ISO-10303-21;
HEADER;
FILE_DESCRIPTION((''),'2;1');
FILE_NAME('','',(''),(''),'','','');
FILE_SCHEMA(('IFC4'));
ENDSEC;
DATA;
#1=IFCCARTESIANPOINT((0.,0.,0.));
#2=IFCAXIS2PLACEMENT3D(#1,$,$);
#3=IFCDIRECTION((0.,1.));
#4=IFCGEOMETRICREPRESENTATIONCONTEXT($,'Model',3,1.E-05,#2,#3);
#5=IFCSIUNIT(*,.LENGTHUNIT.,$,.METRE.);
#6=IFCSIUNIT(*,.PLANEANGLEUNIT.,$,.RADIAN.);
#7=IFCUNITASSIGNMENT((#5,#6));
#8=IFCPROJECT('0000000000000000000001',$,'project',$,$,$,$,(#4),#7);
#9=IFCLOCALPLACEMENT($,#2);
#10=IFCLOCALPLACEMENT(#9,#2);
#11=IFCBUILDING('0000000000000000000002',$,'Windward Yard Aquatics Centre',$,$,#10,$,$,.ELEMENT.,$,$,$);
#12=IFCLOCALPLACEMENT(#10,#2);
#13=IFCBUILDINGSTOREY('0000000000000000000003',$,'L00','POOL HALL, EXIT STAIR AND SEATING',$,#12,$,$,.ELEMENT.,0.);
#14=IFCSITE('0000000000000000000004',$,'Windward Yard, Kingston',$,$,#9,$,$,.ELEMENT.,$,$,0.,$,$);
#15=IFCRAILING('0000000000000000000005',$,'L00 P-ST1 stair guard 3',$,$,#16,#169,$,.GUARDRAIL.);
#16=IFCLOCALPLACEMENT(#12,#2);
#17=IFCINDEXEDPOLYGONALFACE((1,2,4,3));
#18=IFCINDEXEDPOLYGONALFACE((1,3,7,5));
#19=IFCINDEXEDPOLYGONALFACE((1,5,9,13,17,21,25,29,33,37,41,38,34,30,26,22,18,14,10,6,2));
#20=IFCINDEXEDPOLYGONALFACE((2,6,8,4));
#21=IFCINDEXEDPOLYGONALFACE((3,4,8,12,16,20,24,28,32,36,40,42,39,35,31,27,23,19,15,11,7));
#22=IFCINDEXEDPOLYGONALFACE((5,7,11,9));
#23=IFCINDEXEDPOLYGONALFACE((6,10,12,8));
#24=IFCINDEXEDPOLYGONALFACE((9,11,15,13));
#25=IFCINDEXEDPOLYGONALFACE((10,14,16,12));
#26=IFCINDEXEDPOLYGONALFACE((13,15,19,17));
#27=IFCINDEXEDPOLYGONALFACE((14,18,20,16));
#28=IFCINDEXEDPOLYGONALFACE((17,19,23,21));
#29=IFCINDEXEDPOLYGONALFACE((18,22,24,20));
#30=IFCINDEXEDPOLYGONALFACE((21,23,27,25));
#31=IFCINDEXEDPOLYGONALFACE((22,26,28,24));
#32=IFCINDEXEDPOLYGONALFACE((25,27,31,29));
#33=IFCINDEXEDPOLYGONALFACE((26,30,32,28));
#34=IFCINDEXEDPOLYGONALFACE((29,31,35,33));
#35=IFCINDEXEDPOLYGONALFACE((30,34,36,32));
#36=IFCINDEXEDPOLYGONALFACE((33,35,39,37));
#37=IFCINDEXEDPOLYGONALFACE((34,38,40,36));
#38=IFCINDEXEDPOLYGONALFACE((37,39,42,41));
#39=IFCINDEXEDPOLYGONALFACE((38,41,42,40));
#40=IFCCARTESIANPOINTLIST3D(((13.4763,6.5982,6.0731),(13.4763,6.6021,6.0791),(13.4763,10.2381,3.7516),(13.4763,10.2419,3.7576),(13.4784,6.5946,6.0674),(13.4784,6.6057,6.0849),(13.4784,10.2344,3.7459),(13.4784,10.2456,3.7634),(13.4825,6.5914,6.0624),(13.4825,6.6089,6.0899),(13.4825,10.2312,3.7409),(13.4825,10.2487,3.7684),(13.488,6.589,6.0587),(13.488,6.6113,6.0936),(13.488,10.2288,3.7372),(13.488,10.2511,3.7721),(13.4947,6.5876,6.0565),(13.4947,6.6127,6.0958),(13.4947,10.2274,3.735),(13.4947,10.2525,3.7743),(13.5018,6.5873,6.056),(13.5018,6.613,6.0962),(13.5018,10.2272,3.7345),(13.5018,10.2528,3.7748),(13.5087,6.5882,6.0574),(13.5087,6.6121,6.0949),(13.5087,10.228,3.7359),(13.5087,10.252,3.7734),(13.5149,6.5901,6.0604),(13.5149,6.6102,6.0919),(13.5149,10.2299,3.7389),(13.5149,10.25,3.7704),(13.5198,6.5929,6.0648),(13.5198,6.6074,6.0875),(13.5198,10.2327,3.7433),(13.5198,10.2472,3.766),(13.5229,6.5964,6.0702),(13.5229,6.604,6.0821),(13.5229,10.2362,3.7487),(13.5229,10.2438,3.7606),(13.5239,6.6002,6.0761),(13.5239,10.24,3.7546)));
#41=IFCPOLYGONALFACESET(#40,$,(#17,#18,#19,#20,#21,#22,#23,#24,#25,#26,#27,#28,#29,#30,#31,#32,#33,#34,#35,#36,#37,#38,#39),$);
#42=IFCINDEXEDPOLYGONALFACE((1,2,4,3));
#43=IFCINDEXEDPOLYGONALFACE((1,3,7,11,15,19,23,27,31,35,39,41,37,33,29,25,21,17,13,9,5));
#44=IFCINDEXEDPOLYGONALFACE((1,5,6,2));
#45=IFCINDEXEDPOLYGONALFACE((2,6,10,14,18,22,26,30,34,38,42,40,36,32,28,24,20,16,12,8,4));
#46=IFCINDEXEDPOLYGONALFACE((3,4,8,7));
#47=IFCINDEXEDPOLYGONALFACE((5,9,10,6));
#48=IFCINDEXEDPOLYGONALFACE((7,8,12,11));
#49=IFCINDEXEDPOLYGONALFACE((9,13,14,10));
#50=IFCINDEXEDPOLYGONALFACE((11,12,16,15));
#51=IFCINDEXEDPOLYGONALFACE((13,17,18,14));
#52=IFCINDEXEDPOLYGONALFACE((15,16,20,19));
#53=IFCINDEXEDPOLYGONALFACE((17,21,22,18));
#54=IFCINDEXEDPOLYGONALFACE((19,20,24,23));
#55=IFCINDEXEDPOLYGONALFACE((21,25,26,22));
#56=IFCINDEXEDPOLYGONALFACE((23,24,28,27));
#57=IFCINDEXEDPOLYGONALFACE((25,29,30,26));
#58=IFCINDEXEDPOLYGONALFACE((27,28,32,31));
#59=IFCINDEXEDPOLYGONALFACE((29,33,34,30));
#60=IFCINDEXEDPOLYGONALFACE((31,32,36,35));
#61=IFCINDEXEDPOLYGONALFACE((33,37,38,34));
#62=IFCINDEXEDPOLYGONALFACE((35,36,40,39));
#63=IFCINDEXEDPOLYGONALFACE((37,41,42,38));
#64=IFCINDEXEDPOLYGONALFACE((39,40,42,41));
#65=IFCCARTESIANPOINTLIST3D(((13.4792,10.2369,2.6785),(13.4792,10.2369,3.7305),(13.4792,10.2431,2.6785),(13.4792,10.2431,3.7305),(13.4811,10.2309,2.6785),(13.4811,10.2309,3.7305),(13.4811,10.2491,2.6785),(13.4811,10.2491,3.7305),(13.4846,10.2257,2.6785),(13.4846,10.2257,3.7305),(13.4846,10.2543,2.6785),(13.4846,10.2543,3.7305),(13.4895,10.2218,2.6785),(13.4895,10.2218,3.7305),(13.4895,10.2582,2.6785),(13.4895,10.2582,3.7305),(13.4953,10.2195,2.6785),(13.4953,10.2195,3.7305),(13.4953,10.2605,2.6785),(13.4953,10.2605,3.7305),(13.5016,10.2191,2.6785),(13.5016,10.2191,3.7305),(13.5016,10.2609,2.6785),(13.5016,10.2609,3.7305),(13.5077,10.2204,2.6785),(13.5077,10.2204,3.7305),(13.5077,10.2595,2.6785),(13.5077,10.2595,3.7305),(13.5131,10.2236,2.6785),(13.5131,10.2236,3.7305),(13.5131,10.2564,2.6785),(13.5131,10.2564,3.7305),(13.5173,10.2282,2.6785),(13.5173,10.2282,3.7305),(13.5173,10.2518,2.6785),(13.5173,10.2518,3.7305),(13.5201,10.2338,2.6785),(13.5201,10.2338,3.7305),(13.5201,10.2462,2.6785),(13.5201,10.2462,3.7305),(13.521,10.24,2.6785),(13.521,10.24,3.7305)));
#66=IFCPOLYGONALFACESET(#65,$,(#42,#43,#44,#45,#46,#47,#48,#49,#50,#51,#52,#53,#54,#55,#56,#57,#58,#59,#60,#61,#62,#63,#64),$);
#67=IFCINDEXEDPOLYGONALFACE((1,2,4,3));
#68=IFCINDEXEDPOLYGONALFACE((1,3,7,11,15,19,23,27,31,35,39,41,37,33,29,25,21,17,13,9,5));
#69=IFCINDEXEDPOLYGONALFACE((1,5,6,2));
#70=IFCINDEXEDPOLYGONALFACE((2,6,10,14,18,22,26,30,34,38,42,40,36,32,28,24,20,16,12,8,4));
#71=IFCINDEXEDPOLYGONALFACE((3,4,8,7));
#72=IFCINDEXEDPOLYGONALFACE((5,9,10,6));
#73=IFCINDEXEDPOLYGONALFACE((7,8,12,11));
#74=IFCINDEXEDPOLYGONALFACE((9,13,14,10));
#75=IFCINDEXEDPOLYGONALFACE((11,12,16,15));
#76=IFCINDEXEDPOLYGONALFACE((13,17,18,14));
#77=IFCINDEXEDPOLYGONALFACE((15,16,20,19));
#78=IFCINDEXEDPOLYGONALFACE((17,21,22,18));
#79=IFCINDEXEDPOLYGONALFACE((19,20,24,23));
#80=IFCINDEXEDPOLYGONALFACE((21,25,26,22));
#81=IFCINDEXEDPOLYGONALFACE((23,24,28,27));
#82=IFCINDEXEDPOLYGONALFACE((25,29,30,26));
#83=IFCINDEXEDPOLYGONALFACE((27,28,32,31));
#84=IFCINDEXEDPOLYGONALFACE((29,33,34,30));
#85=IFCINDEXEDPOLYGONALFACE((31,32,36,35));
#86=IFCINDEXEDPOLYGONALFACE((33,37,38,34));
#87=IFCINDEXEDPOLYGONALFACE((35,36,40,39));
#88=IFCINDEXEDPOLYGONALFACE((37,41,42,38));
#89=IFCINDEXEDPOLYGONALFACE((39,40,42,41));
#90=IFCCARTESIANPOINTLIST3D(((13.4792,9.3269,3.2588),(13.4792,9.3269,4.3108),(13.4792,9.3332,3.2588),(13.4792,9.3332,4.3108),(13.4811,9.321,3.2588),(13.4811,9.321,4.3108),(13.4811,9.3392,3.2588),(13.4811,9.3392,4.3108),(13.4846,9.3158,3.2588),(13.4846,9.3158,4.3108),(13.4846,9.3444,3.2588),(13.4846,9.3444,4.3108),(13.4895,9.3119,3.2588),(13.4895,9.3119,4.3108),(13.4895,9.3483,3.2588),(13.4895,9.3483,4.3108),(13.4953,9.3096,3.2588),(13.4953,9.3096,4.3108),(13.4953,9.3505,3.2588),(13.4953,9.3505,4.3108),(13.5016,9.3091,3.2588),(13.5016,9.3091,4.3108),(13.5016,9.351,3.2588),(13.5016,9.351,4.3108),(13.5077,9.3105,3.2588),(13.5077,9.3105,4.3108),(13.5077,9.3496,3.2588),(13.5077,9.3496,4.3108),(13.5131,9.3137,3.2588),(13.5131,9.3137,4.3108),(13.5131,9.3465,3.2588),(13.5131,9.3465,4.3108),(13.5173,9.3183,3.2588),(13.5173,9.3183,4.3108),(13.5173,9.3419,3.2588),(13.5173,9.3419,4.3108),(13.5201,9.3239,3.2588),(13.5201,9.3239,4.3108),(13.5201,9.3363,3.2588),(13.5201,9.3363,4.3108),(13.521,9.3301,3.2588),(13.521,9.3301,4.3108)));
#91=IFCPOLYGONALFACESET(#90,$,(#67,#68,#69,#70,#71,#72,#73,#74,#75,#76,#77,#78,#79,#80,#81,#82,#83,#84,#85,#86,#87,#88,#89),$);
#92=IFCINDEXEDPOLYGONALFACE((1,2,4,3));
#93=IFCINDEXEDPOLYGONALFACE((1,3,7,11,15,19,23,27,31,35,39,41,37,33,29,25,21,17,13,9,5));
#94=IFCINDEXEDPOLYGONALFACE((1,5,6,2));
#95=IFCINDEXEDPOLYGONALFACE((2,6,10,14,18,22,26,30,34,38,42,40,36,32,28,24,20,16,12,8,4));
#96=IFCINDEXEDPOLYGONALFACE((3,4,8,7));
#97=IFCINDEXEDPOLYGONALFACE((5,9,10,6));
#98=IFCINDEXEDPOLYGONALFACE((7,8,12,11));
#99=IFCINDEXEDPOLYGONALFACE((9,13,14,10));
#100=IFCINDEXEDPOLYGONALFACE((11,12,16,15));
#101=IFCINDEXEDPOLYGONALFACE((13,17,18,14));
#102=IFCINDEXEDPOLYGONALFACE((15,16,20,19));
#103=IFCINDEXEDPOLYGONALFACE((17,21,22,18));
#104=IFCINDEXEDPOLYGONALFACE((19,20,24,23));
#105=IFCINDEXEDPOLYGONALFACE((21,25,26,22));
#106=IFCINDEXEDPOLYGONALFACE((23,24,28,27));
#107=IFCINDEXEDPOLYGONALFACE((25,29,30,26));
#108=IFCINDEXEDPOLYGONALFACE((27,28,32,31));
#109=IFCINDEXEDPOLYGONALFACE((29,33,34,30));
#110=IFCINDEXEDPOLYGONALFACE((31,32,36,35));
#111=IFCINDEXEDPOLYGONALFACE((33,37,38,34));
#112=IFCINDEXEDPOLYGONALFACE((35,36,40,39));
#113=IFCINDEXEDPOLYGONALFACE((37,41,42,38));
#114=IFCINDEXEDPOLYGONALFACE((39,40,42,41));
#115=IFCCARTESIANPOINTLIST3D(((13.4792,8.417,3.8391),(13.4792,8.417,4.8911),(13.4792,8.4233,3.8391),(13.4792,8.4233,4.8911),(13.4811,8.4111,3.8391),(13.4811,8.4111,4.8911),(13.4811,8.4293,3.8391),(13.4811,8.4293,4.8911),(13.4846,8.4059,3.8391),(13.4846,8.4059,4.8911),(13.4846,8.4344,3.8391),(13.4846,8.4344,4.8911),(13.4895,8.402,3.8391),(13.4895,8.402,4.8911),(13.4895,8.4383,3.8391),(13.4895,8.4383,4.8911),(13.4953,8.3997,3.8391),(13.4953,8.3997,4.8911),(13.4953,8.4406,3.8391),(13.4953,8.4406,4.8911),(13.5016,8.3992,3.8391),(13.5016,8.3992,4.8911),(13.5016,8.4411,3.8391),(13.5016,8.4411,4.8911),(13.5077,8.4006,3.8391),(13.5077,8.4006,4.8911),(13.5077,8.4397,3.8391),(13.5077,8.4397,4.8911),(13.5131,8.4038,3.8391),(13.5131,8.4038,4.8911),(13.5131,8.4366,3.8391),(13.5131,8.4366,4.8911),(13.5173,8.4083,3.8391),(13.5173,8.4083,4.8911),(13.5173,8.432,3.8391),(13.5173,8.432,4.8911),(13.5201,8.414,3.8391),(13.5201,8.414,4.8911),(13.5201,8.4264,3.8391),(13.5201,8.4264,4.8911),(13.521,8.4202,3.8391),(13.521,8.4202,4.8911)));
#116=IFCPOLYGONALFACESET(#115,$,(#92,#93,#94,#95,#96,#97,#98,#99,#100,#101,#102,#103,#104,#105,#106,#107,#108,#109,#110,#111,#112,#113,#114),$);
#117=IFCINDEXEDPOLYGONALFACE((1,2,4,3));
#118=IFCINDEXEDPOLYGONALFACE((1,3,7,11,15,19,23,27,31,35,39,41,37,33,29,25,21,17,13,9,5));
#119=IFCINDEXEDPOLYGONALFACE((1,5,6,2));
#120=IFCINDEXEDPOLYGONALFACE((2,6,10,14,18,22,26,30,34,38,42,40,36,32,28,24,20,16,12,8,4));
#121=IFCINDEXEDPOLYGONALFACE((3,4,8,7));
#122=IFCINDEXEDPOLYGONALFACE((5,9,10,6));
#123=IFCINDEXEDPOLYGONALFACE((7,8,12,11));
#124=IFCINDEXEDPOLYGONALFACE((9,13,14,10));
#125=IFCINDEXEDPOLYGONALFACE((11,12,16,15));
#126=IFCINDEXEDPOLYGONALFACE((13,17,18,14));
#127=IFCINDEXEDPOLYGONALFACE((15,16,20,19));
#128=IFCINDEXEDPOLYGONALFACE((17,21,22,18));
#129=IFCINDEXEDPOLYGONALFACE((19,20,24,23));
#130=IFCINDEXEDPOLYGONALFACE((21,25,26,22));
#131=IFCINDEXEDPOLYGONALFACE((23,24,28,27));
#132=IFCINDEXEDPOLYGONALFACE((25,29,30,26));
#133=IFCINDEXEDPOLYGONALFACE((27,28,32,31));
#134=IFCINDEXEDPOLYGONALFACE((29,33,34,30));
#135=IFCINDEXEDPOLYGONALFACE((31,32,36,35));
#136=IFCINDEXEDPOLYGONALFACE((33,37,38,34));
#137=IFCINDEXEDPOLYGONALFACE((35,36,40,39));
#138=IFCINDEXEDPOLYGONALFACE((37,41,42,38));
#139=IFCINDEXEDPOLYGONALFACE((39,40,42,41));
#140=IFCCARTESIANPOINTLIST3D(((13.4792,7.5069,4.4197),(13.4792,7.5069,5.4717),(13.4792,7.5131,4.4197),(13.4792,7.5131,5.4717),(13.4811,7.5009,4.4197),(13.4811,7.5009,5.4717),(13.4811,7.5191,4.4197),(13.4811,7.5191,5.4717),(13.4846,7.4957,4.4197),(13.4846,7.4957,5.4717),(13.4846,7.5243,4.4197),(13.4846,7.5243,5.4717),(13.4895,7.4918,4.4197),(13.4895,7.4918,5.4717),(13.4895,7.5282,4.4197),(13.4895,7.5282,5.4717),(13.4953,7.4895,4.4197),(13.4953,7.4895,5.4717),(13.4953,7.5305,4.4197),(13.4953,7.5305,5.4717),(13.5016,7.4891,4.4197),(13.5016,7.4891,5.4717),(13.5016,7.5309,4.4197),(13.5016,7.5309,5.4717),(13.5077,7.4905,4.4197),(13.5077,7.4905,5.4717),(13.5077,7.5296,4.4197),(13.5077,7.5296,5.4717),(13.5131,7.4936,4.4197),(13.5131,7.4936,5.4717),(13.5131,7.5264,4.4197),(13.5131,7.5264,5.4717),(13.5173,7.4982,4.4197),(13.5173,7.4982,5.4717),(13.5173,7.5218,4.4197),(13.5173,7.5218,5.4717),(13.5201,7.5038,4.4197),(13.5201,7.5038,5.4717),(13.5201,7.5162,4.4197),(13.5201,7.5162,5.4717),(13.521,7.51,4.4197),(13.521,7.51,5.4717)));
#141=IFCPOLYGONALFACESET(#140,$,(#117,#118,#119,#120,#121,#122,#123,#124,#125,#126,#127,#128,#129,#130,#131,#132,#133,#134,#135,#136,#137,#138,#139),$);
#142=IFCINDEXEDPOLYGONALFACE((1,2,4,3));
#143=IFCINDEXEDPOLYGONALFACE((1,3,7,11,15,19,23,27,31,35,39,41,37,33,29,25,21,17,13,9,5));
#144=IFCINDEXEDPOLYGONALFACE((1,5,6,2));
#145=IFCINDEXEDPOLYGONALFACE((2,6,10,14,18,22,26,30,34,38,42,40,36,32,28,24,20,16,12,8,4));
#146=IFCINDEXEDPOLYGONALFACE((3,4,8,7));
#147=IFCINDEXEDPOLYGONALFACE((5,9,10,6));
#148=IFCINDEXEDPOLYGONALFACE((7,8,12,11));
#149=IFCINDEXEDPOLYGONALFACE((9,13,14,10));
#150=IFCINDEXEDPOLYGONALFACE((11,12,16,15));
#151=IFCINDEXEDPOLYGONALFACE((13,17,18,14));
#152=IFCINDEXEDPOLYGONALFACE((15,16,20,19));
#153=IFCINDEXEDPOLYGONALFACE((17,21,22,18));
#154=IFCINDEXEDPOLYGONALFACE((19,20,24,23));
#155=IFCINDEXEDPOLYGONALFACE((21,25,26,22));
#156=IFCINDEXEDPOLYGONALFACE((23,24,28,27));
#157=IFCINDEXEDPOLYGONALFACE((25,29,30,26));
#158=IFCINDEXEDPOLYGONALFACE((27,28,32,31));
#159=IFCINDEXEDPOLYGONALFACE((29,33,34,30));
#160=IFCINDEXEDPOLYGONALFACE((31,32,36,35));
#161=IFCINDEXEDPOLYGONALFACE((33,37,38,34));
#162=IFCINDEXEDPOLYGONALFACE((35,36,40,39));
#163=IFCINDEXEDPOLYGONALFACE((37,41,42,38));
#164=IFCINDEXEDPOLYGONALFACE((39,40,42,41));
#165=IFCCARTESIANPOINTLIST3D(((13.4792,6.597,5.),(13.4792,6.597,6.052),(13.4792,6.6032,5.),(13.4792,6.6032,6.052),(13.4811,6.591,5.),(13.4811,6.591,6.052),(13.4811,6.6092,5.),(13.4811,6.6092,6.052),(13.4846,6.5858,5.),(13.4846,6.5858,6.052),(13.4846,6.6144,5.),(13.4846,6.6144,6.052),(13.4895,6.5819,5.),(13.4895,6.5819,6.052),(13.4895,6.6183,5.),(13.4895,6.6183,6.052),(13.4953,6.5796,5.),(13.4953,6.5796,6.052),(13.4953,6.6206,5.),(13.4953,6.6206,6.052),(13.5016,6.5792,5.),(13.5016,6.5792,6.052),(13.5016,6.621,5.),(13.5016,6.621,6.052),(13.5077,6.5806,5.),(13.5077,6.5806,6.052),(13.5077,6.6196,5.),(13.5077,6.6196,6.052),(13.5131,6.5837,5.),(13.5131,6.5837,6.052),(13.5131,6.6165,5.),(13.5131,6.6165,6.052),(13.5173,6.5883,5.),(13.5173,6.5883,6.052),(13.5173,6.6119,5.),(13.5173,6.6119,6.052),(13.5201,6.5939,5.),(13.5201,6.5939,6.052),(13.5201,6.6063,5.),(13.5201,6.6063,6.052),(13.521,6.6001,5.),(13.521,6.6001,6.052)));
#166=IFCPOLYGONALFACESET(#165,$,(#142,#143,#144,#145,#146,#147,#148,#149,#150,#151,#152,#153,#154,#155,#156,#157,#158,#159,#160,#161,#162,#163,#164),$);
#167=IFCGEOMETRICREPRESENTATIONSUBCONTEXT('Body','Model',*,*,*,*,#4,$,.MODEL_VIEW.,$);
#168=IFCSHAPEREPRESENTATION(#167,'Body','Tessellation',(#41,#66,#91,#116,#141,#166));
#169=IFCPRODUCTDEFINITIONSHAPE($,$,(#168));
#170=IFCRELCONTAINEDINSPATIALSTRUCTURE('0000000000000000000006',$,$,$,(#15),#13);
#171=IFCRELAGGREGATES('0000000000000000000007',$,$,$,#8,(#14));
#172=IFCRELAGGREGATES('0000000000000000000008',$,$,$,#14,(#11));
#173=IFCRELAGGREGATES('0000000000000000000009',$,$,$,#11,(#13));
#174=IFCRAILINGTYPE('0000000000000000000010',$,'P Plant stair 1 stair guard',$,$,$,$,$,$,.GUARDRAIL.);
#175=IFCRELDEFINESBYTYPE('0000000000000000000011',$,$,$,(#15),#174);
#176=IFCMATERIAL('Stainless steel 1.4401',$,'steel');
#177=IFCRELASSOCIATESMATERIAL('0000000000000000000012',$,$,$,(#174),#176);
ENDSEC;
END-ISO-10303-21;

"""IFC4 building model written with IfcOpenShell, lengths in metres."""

from ifc_helpers import new_model, si_unit, direction, frame, origin, origin_2d, place, context, subcontext, project, spatial, circle, extrude, material, type_object, element, save


model = new_model("IFC4")

# Units and contexts
model_context = context("Model", 3, precision=1e-05, world=origin(), true_north=direction((0.0, 1.0)))
body_context = subcontext(model_context, "Body", "Model", "MODEL_VIEW")
ifc_project = project(units=[si_unit("LENGTHUNIT", "METRE"), si_unit("PLANEANGLEUNIT", "RADIAN")], contexts=[model_context])

# Site, building, storey
site_placement = place(None, origin())
site = spatial("IfcSite", under=ifc_project, at=site_placement, Name="Windward Yard, Kingston", CompositionType="ELEMENT", RefElevation=0.0)
building_placement = place(site_placement, origin())
building = spatial("IfcBuilding", under=site, at=building_placement, Name="Windward Yard Aquatics Centre", CompositionType="ELEMENT")
storey_placement = place(building_placement, origin())
storey = spatial("IfcBuildingStorey", under=building, at=storey_placement, Name="L00", Description="POOL HALL, EXIT STAIR AND SEATING", CompositionType="ELEMENT", Elevation=0.0)

# Railing
ifc_material_1 = material(Name="Stainless steel 1.4401", Category="steel")
railing_type_1 = type_object("IfcRailingType", Name="P Plant stair 1 stair guard", PredefinedType="GUARDRAIL", material=ifc_material_1)
railing_1_placement = place(storey_placement, frame((13.5, 10.24, 2.6785)))
element("IfcRailing", 1, at=railing_1_placement, inside=storey, type_object=railing_type_1, Name="L00 P-ST1 stair guard 3", PredefinedType="GUARDRAIL", context=body_context, shape_type="SweptSolid", body=[
    extrude(circle(Radius=0.0239, at=origin_2d()), frame((0.0, 0.0, 1.0762), z_axis=(0.0, -0.843112, 0.537739), x_axis=(1.0, 0.0, 0.0)), (0.0, 0.0, 1.0), 4.3171),
    extrude(circle(Radius=0.021, at=origin_2d()), origin(), (0.0, 0.0, 1.0), 1.052),
    extrude(circle(Radius=0.021, at=origin_2d()), frame((0.0, -0.9099, 0.5803)), (0.0, 0.0, 1.0), 1.052),
    extrude(circle(Radius=0.021, at=origin_2d()), frame((0.0, -1.8198, 1.1606)), (0.0, 0.0, 1.0), 1.052),
    extrude(circle(Radius=0.021, at=origin_2d()), frame((0.0, -2.73, 1.7412)), (0.0, 0.0, 1.0), 1.052),
    extrude(circle(Radius=0.021, at=origin_2d()), frame((0.0, -3.6399, 2.3215)), (0.0, 0.0, 1.0), 1.052),
])

save(model, "model.ifc")
